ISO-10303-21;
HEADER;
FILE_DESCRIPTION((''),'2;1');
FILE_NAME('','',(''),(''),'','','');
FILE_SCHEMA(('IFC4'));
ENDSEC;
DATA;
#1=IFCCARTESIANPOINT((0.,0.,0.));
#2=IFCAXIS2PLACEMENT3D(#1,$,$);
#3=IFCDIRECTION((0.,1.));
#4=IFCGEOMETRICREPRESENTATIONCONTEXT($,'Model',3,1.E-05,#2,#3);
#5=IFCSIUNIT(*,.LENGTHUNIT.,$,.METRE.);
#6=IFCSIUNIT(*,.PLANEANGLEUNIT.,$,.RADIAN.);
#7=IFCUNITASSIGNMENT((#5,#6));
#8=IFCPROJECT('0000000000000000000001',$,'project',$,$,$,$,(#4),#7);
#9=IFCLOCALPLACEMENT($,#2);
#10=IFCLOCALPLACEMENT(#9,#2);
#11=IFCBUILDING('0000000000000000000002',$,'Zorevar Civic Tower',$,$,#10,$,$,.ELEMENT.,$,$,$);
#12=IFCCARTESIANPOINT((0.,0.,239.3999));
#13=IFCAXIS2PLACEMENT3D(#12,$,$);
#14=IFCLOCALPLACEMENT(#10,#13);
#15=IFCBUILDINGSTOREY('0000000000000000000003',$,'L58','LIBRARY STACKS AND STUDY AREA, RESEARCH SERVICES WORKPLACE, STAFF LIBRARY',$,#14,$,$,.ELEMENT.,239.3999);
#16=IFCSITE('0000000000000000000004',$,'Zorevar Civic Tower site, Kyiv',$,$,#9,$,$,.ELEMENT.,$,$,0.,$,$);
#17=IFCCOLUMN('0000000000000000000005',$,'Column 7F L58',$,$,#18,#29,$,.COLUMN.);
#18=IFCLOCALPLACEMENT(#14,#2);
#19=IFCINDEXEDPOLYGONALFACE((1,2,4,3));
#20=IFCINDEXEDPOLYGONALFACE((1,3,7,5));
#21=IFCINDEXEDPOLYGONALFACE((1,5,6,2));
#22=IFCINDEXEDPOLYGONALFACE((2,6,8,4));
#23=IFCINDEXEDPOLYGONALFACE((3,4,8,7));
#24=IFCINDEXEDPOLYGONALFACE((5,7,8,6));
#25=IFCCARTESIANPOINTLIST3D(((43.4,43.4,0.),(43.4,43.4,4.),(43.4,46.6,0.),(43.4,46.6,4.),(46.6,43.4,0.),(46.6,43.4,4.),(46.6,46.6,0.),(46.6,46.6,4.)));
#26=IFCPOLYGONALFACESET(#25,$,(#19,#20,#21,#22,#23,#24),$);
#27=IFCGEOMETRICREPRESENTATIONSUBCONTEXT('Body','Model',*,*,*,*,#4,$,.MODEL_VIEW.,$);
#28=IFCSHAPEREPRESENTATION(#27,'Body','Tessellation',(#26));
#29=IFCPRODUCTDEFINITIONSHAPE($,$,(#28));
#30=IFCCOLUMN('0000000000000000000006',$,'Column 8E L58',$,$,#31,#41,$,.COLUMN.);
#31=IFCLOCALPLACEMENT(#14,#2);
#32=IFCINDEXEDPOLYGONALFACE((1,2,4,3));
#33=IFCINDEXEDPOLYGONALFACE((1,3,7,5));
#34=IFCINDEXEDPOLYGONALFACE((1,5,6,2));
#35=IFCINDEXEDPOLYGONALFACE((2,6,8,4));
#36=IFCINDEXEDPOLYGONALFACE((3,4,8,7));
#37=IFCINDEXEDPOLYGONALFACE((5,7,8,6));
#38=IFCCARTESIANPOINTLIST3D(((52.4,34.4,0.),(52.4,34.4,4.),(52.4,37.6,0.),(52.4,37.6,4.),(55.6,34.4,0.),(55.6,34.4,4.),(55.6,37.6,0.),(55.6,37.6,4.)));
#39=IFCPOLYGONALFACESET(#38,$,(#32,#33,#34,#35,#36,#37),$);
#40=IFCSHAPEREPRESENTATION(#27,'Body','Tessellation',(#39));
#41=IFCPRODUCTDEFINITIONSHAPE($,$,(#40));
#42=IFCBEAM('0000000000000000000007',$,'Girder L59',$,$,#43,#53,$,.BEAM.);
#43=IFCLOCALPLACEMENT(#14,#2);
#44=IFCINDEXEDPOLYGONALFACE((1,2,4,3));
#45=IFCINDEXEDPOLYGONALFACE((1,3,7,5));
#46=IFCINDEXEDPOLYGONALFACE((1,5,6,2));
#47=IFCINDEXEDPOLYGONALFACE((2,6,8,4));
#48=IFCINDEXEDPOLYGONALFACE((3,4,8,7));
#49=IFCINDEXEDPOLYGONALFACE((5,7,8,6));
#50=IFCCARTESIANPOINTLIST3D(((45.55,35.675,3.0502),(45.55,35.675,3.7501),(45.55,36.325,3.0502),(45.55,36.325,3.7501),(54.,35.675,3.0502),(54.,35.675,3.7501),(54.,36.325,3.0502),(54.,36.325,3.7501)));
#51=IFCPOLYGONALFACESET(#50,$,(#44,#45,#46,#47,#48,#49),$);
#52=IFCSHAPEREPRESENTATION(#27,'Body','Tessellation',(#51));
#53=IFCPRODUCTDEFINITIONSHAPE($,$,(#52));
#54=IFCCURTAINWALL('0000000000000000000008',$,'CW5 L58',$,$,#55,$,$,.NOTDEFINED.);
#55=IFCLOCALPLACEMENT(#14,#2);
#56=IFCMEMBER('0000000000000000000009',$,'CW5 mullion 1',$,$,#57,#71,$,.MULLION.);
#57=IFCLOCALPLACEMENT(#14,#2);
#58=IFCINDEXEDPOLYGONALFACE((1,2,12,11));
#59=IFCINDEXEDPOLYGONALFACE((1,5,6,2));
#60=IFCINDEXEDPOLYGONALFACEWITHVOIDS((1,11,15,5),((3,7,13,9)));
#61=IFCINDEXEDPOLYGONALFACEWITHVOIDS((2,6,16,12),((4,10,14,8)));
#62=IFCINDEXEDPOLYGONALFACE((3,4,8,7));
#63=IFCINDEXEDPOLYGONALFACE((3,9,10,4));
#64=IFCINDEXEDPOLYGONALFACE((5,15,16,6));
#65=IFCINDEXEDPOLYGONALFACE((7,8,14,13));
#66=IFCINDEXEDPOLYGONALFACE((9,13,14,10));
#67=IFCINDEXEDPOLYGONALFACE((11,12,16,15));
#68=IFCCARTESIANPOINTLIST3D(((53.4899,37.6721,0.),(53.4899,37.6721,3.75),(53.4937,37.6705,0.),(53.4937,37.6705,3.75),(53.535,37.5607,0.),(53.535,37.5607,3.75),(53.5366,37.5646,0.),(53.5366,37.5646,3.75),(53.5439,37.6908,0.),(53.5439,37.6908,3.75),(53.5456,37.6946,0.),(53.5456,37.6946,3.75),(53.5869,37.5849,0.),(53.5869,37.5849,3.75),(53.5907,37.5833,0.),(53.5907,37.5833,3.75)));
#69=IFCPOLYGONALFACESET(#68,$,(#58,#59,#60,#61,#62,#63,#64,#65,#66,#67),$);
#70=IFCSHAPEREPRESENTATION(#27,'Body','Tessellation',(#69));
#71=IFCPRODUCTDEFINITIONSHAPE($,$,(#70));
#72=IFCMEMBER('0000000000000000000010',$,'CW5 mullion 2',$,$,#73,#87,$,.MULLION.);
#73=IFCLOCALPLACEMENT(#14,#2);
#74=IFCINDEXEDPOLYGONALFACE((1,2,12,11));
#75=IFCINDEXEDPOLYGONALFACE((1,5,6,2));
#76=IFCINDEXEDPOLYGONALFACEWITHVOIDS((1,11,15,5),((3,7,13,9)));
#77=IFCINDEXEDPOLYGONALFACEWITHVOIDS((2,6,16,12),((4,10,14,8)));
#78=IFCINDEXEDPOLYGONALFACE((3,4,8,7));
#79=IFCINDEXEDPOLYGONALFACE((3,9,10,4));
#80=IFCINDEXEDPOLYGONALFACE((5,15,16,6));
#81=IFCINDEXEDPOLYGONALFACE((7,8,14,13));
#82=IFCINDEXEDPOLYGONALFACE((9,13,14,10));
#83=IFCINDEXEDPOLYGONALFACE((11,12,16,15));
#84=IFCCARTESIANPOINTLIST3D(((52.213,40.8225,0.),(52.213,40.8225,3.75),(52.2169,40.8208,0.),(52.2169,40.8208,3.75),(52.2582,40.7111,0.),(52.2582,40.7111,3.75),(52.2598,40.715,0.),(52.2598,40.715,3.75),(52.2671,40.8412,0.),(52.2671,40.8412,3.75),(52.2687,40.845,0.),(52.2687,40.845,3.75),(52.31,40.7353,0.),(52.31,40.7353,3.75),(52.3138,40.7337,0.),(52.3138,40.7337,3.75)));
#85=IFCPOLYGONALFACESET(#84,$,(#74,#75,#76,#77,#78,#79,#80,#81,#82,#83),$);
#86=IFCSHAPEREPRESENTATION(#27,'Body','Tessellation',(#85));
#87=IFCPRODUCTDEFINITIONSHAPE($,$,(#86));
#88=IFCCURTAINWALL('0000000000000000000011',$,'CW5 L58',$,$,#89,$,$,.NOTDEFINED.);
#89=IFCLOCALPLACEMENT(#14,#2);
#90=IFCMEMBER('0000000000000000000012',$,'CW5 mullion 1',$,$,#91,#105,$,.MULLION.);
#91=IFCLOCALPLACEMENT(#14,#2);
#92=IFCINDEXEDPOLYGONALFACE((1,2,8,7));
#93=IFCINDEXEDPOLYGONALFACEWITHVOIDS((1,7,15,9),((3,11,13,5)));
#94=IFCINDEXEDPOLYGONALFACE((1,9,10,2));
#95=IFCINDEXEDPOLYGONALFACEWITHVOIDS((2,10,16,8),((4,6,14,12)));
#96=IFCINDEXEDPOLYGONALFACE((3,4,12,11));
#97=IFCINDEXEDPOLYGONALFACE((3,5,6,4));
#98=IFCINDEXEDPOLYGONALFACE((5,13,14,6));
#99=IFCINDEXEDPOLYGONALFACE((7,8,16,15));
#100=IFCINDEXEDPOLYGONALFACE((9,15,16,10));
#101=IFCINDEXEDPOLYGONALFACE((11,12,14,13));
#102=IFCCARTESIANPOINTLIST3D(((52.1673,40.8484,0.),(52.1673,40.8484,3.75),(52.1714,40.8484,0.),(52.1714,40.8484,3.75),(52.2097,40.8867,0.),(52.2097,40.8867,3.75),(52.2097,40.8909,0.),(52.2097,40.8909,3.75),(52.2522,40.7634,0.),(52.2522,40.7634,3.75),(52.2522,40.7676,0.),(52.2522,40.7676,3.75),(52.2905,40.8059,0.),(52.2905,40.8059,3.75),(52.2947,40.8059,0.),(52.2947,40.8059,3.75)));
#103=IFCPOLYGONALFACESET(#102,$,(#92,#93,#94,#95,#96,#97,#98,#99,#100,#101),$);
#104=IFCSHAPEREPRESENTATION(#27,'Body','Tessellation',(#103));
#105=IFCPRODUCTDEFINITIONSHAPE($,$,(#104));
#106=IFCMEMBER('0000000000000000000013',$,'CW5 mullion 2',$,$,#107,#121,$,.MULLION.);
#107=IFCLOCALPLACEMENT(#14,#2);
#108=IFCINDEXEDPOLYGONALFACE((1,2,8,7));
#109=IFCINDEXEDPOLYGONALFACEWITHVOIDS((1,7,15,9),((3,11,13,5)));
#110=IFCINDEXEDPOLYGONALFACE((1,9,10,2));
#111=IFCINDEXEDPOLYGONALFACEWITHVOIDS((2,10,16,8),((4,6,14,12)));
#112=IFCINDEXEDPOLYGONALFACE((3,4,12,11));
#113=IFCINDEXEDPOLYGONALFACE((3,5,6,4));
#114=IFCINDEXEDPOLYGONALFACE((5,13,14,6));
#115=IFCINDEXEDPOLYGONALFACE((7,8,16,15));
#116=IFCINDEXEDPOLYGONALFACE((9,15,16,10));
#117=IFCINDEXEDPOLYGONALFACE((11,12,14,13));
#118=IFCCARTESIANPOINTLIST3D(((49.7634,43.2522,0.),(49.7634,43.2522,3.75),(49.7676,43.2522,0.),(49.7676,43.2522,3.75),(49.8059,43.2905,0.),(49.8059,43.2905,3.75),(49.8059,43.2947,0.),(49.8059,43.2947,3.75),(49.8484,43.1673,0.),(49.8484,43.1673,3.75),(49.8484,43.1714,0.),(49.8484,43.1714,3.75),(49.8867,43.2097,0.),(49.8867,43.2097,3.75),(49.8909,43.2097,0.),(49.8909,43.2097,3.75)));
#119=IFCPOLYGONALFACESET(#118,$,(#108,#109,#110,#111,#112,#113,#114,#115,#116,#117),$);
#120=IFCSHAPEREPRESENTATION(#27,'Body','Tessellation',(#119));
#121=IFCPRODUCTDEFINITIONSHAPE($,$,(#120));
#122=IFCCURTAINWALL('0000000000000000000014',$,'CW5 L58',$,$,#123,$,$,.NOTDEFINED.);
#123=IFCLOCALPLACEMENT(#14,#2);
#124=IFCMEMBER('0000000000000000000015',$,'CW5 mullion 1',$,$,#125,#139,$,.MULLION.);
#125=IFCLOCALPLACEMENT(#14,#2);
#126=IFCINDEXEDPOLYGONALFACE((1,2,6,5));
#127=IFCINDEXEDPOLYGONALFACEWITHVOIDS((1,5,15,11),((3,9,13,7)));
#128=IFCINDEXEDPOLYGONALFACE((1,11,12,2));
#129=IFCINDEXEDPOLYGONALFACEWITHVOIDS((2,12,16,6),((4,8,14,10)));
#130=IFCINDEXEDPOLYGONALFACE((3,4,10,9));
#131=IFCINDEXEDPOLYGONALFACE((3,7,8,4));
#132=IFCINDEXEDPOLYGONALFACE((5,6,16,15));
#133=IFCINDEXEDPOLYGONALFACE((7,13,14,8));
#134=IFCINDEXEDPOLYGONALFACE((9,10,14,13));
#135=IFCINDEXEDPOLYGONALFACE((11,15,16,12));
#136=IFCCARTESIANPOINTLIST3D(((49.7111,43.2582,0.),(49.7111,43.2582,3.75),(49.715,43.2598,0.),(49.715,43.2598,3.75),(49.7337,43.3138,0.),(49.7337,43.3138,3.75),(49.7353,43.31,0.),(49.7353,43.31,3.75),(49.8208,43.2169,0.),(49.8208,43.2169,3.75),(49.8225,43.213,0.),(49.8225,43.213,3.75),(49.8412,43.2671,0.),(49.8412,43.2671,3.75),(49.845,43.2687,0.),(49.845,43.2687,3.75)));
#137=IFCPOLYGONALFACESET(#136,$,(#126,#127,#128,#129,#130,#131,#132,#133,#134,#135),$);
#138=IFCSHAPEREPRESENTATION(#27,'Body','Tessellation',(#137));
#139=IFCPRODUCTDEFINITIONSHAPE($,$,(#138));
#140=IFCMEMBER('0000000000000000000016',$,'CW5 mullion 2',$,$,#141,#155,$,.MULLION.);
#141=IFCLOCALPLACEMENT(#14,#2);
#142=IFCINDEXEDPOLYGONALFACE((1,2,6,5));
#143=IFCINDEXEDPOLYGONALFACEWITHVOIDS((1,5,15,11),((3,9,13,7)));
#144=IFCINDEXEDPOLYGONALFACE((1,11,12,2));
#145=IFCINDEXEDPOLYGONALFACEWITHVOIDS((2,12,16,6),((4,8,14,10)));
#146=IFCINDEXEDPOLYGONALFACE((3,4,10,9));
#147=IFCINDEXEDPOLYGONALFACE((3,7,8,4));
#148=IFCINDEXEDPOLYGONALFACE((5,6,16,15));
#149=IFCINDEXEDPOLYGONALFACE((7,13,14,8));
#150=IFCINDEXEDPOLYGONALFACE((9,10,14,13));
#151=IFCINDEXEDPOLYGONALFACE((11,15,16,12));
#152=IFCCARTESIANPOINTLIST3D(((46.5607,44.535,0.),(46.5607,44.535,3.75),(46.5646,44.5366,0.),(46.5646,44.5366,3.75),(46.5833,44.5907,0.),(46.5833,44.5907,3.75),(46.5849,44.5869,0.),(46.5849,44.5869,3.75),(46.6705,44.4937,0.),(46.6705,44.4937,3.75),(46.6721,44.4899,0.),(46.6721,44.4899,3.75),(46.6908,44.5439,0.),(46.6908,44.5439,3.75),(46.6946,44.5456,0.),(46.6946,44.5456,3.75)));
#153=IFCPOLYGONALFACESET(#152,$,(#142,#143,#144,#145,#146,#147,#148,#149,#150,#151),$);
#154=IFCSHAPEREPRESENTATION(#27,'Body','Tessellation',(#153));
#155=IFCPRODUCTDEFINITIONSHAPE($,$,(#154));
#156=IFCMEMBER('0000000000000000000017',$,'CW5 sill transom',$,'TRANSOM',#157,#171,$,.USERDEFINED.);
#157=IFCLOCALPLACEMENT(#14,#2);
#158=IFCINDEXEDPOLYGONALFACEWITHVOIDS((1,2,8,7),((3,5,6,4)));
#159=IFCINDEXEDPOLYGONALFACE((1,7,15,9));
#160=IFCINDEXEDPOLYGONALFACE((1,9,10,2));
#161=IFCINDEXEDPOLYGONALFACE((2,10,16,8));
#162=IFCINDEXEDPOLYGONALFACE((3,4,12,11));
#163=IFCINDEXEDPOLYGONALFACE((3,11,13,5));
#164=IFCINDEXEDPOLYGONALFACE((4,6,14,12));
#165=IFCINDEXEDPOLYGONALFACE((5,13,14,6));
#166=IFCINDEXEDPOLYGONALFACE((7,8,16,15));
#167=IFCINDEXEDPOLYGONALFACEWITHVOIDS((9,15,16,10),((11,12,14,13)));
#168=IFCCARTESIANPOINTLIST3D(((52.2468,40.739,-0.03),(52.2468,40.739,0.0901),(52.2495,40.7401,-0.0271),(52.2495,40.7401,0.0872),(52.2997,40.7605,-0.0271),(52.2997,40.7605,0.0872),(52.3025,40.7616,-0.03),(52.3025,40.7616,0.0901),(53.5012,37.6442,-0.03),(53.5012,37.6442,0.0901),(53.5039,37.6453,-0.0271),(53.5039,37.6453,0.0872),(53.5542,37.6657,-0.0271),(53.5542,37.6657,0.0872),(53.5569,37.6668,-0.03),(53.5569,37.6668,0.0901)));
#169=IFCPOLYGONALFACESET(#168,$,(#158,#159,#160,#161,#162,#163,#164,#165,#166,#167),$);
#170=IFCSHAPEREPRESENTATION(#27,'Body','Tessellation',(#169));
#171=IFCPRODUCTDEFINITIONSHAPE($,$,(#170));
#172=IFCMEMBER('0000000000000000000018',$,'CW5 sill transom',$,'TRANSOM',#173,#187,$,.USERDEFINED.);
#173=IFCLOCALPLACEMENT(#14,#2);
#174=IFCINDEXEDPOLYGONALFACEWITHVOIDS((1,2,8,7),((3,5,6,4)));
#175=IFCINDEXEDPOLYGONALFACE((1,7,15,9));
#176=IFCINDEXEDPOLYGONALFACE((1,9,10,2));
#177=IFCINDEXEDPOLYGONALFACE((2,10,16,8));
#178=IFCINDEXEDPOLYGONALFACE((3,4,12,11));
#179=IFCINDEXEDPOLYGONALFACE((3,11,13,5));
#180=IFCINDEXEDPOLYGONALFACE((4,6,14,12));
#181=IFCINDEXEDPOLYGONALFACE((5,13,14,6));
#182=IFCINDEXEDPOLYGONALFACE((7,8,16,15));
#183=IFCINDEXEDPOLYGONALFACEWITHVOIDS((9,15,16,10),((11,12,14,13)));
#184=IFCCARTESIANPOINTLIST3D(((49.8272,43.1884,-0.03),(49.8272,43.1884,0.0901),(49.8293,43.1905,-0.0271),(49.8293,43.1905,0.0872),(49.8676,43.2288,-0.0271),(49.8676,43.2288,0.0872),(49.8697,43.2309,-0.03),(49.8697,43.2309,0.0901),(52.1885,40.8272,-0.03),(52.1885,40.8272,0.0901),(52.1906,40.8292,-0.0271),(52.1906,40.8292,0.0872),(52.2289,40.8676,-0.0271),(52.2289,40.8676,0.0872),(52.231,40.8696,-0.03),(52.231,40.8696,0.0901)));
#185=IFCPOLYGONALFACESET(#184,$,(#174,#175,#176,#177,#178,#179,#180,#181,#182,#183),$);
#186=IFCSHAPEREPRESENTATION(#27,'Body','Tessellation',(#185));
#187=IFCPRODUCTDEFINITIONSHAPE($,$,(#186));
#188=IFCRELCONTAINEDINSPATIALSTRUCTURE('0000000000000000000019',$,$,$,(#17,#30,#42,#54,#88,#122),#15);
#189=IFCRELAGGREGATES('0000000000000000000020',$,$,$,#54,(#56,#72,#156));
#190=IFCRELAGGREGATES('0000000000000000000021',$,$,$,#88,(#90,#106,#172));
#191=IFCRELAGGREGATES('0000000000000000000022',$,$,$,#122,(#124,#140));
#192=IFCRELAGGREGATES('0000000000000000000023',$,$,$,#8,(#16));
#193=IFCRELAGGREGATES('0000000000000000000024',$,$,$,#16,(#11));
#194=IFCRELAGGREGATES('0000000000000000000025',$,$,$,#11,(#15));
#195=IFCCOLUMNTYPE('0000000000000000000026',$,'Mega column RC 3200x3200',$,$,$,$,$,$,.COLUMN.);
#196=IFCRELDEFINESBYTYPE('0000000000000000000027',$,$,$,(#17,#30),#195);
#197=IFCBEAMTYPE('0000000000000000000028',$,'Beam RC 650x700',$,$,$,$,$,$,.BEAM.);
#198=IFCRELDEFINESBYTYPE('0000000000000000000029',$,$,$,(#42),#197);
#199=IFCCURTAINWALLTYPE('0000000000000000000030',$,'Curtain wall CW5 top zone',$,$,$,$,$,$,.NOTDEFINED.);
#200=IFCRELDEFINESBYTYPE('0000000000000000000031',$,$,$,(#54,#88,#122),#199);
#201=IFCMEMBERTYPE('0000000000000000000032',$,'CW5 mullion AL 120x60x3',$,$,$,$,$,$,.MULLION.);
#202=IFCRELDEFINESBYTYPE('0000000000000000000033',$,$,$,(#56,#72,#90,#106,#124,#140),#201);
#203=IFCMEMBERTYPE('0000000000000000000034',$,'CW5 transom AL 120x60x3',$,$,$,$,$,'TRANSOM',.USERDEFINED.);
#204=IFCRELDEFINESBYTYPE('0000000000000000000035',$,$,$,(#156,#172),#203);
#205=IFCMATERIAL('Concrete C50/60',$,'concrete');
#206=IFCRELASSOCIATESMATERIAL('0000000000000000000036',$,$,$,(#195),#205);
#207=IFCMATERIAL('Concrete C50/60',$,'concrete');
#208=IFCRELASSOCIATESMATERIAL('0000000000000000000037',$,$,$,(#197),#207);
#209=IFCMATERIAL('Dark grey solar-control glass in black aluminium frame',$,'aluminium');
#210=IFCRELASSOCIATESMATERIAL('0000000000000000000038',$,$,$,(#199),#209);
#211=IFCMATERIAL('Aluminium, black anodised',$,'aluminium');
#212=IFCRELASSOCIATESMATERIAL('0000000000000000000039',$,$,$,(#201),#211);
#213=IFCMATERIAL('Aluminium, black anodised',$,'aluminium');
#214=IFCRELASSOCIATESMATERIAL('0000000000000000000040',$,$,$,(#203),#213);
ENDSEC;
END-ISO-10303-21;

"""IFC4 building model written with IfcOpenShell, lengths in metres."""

from ifc_helpers import new_model, si_unit, direction, frame, origin, origin_2d, place, context, subcontext, project, spatial, rectangle, hollow_rectangle, extrude, material, material_profile, profile_set, type_object, element, aggregate, save


model = new_model("IFC4")

# Units and contexts
model_context = context("Model", 3, precision=1e-05, world=origin(), true_north=direction((0.0, 1.0)))
body_context = subcontext(model_context, "Body", "Model", "MODEL_VIEW")
ifc_project = project(units=[si_unit("LENGTHUNIT", "METRE"), si_unit("PLANEANGLEUNIT", "RADIAN")], contexts=[model_context])

# Site, building, storey
site_placement = place(None, origin())
site = spatial("IfcSite", under=ifc_project, at=site_placement, Name="Zorevar Civic Tower site, Kyiv", CompositionType="ELEMENT", RefElevation=0.0)
building_placement = place(site_placement, origin())
building = spatial("IfcBuilding", under=site, at=building_placement, Name="Zorevar Civic Tower", CompositionType="ELEMENT")
storey_placement = place(building_placement, frame((0.0, 0.0, 239.3999)))
storey = spatial("IfcBuildingStorey", under=building, at=storey_placement, Name="L58", Description="LIBRARY STACKS AND STUDY AREA, RESEARCH SERVICES WORKPLACE, STAFF LIBRARY", CompositionType="ELEMENT", Elevation=239.3999)

# Columns
ifc_material_1 = material(Name="Concrete C50/60", Category="concrete")
ifc_material_profile_1 = material_profile(ifc_material_1, rectangle(XDim=3.2, YDim=3.2, at=origin_2d()), Name="RC 3200x3200")
ifc_profile_set_1 = profile_set([ifc_material_profile_1], Name="Concrete C50/60")
column_type = type_object("IfcColumnType", Name="Mega column RC 3200x3200", PredefinedType="COLUMN", material=ifc_profile_set_1)
for number, where, z_axis, x_axis, name in (
    (1, (45.0, 45.0, 0.0), (0.0, 0.0, 1.0), (1.0, 0.0, 0.0), "Column 7F L58"),
    (2, (54.0, 36.0, 0.0), (0.0, 0.0, 1.0), (1.0, 0.0, 0.0), "Column 8E L58"),
):
    element("IfcColumn", number, at=place(storey_placement, frame(where, z_axis=z_axis, x_axis=x_axis)), inside=storey, type_object=column_type, Name=name, PredefinedType="COLUMN", context=body_context, shape_type="SweptSolid", body=[
        extrude(rectangle(XDim=3.2, YDim=3.2, at=origin_2d()), origin(), (0.0, 0.0, 1.0), 4.0),
    ])

# Beam
ifc_material_2 = material(Name="Concrete C50/60", Category="concrete")
ifc_material_profile_2 = material_profile(ifc_material_2, rectangle(XDim=0.6499, YDim=0.7, at=origin_2d()), Name="RC 650x700")
ifc_profile_set_2 = profile_set([ifc_material_profile_2], Name="Concrete C50/60")
beam_type_1 = type_object("IfcBeamType", Name="Beam RC 650x700", PredefinedType="BEAM", material=ifc_profile_set_2)
beam_1_placement = place(storey_placement, frame((45.55, 36.0, 3.4001), z_axis=(1.0, 0.0, 0.0), x_axis=(0.0, 1.0, 0.0)))
element("IfcBeam", 3, at=beam_1_placement, inside=storey, type_object=beam_type_1, Name="Girder L59", PredefinedType="BEAM", context=body_context, shape_type="SweptSolid", body=[
    extrude(rectangle(XDim=0.6499, YDim=0.7, at=origin_2d()), origin(), (0.0, 0.0, 1.0), 8.45),
])

# Curtain walls, members
ifc_material_3 = material(Name="Dark grey solar-control glass in black aluminium frame", Category="aluminium")
curtain_wall_type = type_object("IfcCurtainWallType", Name="Curtain wall CW5 top zone", PredefinedType="NOTDEFINED", material=ifc_material_3)
curtain_wall_1_placement = place(storey_placement, origin())
curtain_wall_1 = element("IfcCurtainWall", 4, at=curtain_wall_1_placement, inside=storey, type_object=curtain_wall_type, Name="CW5 L58", PredefinedType="NOTDEFINED")
ifc_material_4 = material(Name="Aluminium, black anodised", Category="aluminium")
ifc_material_profile_3 = material_profile(ifc_material_4, hollow_rectangle(XDim=0.0601, YDim=0.1201, WallThickness=0.0029, at=origin_2d()), Name="AL 120x60x3")
ifc_profile_set_3 = profile_set([ifc_material_profile_3], Name="Aluminium, black anodised")
member_type_1 = type_object("IfcMemberType", Name="CW5 mullion AL 120x60x3", PredefinedType="MULLION", material=ifc_profile_set_3)
member_1_placement = place(storey_placement, frame((53.5403, 37.6277, 0.0), z_axis=(0.0, 0.0, 1.0), x_axis=(-0.926762, -0.37565, 0.0)))
member_1 = element("IfcMember", 5, at=member_1_placement, type_object=member_type_1, Name="CW5 mullion 1", PredefinedType="MULLION", context=body_context, shape_type="SweptSolid", body=[
    extrude(hollow_rectangle(XDim=0.0601, YDim=0.1201, WallThickness=0.0029, at=origin_2d()), origin(), (0.0, 0.0, 1.0), 3.75),
])
member_2_placement = place(storey_placement, frame((52.2634, 40.7781, 0.0), z_axis=(0.0, 0.0, 1.0), x_axis=(-0.926762, -0.37565, 0.0)))
member_2 = element("IfcMember", 6, at=member_2_placement, type_object=member_type_1, Name="CW5 mullion 2", PredefinedType="MULLION", context=body_context, shape_type="SweptSolid", body=[
    extrude(hollow_rectangle(XDim=0.0601, YDim=0.1201, WallThickness=0.0029, at=origin_2d()), origin(), (0.0, 0.0, 1.0), 3.75),
])
curtain_wall_2_placement = place(storey_placement, origin())
curtain_wall_2 = element("IfcCurtainWall", 7, at=curtain_wall_2_placement, inside=storey, type_object=curtain_wall_type, Name="CW5 L58", PredefinedType="NOTDEFINED")
member_3_placement = place(storey_placement, frame((52.231, 40.8271, 0.0), z_axis=(0.0, 0.0, 1.0), x_axis=(-0.707107, -0.707107, 0.0)))
member_3 = element("IfcMember", 8, at=member_3_placement, type_object=member_type_1, Name="CW5 mullion 1", PredefinedType="MULLION", context=body_context, shape_type="SweptSolid", body=[
    extrude(hollow_rectangle(XDim=0.0601, YDim=0.1201, WallThickness=0.0029, at=origin_2d()), origin(), (0.0, 0.0, 1.0), 3.75),
])
member_4_placement = place(storey_placement, frame((49.8271, 43.231, 0.0), z_axis=(0.0, 0.0, 1.0), x_axis=(-0.707107, -0.707107, 0.0)))
member_4 = element("IfcMember", 9, at=member_4_placement, type_object=member_type_1, Name="CW5 mullion 2", PredefinedType="MULLION", context=body_context, shape_type="SweptSolid", body=[
    extrude(hollow_rectangle(XDim=0.0601, YDim=0.1201, WallThickness=0.0029, at=origin_2d()), origin(), (0.0, 0.0, 1.0), 3.75),
])
curtain_wall_3_placement = place(storey_placement, origin())
curtain_wall_3 = element("IfcCurtainWall", 10, at=curtain_wall_3_placement, inside=storey, type_object=curtain_wall_type, Name="CW5 L58", PredefinedType="NOTDEFINED")
member_5_placement = place(storey_placement, frame((49.7781, 43.2634, 0.0), z_axis=(0.0, 0.0, 1.0), x_axis=(-0.37565, -0.926762, 0.0)))
member_5 = element("IfcMember", 11, at=member_5_placement, type_object=member_type_1, Name="CW5 mullion 1", PredefinedType="MULLION", context=body_context, shape_type="SweptSolid", body=[
    extrude(hollow_rectangle(XDim=0.0601, YDim=0.1201, WallThickness=0.0029, at=origin_2d()), origin(), (0.0, 0.0, 1.0), 3.75),
])
member_6_placement = place(storey_placement, frame((46.6277, 44.5403, 0.0), z_axis=(0.0, 0.0, 1.0), x_axis=(-0.37565, -0.926762, 0.0)))
member_6 = element("IfcMember", 12, at=member_6_placement, type_object=member_type_1, Name="CW5 mullion 2", PredefinedType="MULLION", context=body_context, shape_type="SweptSolid", body=[
    extrude(hollow_rectangle(XDim=0.0601, YDim=0.1201, WallThickness=0.0029, at=origin_2d()), origin(), (0.0, 0.0, 1.0), 3.75),
])

# Members
ifc_material_5 = material(Name="Aluminium, black anodised", Category="aluminium")
ifc_material_profile_4 = material_profile(ifc_material_5, hollow_rectangle(XDim=0.0601, YDim=0.1201, WallThickness=0.0029, at=origin_2d()), Name="AL 120x60x3")
ifc_profile_set_4 = profile_set([ifc_material_profile_4], Name="Aluminium, black anodised")
member_type_2 = type_object("IfcMemberType", Name="CW5 transom AL 120x60x3", ElementType="TRANSOM", PredefinedType="USERDEFINED", material=ifc_profile_set_4)
member_7_placement = place(storey_placement, frame((53.5291, 37.6555, 0.03), z_axis=(-0.375647, 0.926763, 0.0), x_axis=(-0.926763, -0.375647, 0.0)))
member_7 = element("IfcMember", 13, at=member_7_placement, type_object=member_type_2, Name="CW5 sill transom", ObjectType="TRANSOM", PredefinedType="USERDEFINED", context=body_context, shape_type="SweptSolid", body=[
    extrude(hollow_rectangle(XDim=0.0601, YDim=0.1201, WallThickness=0.0029, at=origin_2d()), origin(), (0.0, 0.0, 1.0), 3.3394),
])
member_8_placement = place(storey_placement, frame((52.2097, 40.8484, 0.03), z_axis=(-0.707107, 0.707107, 0.0), x_axis=(-0.707107, -0.707107, 0.0)))
member_8 = element("IfcMember", 14, at=member_8_placement, type_object=member_type_2, Name="CW5 sill transom", ObjectType="TRANSOM", PredefinedType="USERDEFINED", context=body_context, shape_type="SweptSolid", body=[
    extrude(hollow_rectangle(XDim=0.0601, YDim=0.1201, WallThickness=0.0029, at=origin_2d()), origin(), (0.0, 0.0, 1.0), 3.3394),
])

aggregate(curtain_wall_1, [member_1, member_2, member_7])
aggregate(curtain_wall_2, [member_3, member_4, member_8])
aggregate(curtain_wall_3, [member_5, member_6])

save(model, "model.ifc")
